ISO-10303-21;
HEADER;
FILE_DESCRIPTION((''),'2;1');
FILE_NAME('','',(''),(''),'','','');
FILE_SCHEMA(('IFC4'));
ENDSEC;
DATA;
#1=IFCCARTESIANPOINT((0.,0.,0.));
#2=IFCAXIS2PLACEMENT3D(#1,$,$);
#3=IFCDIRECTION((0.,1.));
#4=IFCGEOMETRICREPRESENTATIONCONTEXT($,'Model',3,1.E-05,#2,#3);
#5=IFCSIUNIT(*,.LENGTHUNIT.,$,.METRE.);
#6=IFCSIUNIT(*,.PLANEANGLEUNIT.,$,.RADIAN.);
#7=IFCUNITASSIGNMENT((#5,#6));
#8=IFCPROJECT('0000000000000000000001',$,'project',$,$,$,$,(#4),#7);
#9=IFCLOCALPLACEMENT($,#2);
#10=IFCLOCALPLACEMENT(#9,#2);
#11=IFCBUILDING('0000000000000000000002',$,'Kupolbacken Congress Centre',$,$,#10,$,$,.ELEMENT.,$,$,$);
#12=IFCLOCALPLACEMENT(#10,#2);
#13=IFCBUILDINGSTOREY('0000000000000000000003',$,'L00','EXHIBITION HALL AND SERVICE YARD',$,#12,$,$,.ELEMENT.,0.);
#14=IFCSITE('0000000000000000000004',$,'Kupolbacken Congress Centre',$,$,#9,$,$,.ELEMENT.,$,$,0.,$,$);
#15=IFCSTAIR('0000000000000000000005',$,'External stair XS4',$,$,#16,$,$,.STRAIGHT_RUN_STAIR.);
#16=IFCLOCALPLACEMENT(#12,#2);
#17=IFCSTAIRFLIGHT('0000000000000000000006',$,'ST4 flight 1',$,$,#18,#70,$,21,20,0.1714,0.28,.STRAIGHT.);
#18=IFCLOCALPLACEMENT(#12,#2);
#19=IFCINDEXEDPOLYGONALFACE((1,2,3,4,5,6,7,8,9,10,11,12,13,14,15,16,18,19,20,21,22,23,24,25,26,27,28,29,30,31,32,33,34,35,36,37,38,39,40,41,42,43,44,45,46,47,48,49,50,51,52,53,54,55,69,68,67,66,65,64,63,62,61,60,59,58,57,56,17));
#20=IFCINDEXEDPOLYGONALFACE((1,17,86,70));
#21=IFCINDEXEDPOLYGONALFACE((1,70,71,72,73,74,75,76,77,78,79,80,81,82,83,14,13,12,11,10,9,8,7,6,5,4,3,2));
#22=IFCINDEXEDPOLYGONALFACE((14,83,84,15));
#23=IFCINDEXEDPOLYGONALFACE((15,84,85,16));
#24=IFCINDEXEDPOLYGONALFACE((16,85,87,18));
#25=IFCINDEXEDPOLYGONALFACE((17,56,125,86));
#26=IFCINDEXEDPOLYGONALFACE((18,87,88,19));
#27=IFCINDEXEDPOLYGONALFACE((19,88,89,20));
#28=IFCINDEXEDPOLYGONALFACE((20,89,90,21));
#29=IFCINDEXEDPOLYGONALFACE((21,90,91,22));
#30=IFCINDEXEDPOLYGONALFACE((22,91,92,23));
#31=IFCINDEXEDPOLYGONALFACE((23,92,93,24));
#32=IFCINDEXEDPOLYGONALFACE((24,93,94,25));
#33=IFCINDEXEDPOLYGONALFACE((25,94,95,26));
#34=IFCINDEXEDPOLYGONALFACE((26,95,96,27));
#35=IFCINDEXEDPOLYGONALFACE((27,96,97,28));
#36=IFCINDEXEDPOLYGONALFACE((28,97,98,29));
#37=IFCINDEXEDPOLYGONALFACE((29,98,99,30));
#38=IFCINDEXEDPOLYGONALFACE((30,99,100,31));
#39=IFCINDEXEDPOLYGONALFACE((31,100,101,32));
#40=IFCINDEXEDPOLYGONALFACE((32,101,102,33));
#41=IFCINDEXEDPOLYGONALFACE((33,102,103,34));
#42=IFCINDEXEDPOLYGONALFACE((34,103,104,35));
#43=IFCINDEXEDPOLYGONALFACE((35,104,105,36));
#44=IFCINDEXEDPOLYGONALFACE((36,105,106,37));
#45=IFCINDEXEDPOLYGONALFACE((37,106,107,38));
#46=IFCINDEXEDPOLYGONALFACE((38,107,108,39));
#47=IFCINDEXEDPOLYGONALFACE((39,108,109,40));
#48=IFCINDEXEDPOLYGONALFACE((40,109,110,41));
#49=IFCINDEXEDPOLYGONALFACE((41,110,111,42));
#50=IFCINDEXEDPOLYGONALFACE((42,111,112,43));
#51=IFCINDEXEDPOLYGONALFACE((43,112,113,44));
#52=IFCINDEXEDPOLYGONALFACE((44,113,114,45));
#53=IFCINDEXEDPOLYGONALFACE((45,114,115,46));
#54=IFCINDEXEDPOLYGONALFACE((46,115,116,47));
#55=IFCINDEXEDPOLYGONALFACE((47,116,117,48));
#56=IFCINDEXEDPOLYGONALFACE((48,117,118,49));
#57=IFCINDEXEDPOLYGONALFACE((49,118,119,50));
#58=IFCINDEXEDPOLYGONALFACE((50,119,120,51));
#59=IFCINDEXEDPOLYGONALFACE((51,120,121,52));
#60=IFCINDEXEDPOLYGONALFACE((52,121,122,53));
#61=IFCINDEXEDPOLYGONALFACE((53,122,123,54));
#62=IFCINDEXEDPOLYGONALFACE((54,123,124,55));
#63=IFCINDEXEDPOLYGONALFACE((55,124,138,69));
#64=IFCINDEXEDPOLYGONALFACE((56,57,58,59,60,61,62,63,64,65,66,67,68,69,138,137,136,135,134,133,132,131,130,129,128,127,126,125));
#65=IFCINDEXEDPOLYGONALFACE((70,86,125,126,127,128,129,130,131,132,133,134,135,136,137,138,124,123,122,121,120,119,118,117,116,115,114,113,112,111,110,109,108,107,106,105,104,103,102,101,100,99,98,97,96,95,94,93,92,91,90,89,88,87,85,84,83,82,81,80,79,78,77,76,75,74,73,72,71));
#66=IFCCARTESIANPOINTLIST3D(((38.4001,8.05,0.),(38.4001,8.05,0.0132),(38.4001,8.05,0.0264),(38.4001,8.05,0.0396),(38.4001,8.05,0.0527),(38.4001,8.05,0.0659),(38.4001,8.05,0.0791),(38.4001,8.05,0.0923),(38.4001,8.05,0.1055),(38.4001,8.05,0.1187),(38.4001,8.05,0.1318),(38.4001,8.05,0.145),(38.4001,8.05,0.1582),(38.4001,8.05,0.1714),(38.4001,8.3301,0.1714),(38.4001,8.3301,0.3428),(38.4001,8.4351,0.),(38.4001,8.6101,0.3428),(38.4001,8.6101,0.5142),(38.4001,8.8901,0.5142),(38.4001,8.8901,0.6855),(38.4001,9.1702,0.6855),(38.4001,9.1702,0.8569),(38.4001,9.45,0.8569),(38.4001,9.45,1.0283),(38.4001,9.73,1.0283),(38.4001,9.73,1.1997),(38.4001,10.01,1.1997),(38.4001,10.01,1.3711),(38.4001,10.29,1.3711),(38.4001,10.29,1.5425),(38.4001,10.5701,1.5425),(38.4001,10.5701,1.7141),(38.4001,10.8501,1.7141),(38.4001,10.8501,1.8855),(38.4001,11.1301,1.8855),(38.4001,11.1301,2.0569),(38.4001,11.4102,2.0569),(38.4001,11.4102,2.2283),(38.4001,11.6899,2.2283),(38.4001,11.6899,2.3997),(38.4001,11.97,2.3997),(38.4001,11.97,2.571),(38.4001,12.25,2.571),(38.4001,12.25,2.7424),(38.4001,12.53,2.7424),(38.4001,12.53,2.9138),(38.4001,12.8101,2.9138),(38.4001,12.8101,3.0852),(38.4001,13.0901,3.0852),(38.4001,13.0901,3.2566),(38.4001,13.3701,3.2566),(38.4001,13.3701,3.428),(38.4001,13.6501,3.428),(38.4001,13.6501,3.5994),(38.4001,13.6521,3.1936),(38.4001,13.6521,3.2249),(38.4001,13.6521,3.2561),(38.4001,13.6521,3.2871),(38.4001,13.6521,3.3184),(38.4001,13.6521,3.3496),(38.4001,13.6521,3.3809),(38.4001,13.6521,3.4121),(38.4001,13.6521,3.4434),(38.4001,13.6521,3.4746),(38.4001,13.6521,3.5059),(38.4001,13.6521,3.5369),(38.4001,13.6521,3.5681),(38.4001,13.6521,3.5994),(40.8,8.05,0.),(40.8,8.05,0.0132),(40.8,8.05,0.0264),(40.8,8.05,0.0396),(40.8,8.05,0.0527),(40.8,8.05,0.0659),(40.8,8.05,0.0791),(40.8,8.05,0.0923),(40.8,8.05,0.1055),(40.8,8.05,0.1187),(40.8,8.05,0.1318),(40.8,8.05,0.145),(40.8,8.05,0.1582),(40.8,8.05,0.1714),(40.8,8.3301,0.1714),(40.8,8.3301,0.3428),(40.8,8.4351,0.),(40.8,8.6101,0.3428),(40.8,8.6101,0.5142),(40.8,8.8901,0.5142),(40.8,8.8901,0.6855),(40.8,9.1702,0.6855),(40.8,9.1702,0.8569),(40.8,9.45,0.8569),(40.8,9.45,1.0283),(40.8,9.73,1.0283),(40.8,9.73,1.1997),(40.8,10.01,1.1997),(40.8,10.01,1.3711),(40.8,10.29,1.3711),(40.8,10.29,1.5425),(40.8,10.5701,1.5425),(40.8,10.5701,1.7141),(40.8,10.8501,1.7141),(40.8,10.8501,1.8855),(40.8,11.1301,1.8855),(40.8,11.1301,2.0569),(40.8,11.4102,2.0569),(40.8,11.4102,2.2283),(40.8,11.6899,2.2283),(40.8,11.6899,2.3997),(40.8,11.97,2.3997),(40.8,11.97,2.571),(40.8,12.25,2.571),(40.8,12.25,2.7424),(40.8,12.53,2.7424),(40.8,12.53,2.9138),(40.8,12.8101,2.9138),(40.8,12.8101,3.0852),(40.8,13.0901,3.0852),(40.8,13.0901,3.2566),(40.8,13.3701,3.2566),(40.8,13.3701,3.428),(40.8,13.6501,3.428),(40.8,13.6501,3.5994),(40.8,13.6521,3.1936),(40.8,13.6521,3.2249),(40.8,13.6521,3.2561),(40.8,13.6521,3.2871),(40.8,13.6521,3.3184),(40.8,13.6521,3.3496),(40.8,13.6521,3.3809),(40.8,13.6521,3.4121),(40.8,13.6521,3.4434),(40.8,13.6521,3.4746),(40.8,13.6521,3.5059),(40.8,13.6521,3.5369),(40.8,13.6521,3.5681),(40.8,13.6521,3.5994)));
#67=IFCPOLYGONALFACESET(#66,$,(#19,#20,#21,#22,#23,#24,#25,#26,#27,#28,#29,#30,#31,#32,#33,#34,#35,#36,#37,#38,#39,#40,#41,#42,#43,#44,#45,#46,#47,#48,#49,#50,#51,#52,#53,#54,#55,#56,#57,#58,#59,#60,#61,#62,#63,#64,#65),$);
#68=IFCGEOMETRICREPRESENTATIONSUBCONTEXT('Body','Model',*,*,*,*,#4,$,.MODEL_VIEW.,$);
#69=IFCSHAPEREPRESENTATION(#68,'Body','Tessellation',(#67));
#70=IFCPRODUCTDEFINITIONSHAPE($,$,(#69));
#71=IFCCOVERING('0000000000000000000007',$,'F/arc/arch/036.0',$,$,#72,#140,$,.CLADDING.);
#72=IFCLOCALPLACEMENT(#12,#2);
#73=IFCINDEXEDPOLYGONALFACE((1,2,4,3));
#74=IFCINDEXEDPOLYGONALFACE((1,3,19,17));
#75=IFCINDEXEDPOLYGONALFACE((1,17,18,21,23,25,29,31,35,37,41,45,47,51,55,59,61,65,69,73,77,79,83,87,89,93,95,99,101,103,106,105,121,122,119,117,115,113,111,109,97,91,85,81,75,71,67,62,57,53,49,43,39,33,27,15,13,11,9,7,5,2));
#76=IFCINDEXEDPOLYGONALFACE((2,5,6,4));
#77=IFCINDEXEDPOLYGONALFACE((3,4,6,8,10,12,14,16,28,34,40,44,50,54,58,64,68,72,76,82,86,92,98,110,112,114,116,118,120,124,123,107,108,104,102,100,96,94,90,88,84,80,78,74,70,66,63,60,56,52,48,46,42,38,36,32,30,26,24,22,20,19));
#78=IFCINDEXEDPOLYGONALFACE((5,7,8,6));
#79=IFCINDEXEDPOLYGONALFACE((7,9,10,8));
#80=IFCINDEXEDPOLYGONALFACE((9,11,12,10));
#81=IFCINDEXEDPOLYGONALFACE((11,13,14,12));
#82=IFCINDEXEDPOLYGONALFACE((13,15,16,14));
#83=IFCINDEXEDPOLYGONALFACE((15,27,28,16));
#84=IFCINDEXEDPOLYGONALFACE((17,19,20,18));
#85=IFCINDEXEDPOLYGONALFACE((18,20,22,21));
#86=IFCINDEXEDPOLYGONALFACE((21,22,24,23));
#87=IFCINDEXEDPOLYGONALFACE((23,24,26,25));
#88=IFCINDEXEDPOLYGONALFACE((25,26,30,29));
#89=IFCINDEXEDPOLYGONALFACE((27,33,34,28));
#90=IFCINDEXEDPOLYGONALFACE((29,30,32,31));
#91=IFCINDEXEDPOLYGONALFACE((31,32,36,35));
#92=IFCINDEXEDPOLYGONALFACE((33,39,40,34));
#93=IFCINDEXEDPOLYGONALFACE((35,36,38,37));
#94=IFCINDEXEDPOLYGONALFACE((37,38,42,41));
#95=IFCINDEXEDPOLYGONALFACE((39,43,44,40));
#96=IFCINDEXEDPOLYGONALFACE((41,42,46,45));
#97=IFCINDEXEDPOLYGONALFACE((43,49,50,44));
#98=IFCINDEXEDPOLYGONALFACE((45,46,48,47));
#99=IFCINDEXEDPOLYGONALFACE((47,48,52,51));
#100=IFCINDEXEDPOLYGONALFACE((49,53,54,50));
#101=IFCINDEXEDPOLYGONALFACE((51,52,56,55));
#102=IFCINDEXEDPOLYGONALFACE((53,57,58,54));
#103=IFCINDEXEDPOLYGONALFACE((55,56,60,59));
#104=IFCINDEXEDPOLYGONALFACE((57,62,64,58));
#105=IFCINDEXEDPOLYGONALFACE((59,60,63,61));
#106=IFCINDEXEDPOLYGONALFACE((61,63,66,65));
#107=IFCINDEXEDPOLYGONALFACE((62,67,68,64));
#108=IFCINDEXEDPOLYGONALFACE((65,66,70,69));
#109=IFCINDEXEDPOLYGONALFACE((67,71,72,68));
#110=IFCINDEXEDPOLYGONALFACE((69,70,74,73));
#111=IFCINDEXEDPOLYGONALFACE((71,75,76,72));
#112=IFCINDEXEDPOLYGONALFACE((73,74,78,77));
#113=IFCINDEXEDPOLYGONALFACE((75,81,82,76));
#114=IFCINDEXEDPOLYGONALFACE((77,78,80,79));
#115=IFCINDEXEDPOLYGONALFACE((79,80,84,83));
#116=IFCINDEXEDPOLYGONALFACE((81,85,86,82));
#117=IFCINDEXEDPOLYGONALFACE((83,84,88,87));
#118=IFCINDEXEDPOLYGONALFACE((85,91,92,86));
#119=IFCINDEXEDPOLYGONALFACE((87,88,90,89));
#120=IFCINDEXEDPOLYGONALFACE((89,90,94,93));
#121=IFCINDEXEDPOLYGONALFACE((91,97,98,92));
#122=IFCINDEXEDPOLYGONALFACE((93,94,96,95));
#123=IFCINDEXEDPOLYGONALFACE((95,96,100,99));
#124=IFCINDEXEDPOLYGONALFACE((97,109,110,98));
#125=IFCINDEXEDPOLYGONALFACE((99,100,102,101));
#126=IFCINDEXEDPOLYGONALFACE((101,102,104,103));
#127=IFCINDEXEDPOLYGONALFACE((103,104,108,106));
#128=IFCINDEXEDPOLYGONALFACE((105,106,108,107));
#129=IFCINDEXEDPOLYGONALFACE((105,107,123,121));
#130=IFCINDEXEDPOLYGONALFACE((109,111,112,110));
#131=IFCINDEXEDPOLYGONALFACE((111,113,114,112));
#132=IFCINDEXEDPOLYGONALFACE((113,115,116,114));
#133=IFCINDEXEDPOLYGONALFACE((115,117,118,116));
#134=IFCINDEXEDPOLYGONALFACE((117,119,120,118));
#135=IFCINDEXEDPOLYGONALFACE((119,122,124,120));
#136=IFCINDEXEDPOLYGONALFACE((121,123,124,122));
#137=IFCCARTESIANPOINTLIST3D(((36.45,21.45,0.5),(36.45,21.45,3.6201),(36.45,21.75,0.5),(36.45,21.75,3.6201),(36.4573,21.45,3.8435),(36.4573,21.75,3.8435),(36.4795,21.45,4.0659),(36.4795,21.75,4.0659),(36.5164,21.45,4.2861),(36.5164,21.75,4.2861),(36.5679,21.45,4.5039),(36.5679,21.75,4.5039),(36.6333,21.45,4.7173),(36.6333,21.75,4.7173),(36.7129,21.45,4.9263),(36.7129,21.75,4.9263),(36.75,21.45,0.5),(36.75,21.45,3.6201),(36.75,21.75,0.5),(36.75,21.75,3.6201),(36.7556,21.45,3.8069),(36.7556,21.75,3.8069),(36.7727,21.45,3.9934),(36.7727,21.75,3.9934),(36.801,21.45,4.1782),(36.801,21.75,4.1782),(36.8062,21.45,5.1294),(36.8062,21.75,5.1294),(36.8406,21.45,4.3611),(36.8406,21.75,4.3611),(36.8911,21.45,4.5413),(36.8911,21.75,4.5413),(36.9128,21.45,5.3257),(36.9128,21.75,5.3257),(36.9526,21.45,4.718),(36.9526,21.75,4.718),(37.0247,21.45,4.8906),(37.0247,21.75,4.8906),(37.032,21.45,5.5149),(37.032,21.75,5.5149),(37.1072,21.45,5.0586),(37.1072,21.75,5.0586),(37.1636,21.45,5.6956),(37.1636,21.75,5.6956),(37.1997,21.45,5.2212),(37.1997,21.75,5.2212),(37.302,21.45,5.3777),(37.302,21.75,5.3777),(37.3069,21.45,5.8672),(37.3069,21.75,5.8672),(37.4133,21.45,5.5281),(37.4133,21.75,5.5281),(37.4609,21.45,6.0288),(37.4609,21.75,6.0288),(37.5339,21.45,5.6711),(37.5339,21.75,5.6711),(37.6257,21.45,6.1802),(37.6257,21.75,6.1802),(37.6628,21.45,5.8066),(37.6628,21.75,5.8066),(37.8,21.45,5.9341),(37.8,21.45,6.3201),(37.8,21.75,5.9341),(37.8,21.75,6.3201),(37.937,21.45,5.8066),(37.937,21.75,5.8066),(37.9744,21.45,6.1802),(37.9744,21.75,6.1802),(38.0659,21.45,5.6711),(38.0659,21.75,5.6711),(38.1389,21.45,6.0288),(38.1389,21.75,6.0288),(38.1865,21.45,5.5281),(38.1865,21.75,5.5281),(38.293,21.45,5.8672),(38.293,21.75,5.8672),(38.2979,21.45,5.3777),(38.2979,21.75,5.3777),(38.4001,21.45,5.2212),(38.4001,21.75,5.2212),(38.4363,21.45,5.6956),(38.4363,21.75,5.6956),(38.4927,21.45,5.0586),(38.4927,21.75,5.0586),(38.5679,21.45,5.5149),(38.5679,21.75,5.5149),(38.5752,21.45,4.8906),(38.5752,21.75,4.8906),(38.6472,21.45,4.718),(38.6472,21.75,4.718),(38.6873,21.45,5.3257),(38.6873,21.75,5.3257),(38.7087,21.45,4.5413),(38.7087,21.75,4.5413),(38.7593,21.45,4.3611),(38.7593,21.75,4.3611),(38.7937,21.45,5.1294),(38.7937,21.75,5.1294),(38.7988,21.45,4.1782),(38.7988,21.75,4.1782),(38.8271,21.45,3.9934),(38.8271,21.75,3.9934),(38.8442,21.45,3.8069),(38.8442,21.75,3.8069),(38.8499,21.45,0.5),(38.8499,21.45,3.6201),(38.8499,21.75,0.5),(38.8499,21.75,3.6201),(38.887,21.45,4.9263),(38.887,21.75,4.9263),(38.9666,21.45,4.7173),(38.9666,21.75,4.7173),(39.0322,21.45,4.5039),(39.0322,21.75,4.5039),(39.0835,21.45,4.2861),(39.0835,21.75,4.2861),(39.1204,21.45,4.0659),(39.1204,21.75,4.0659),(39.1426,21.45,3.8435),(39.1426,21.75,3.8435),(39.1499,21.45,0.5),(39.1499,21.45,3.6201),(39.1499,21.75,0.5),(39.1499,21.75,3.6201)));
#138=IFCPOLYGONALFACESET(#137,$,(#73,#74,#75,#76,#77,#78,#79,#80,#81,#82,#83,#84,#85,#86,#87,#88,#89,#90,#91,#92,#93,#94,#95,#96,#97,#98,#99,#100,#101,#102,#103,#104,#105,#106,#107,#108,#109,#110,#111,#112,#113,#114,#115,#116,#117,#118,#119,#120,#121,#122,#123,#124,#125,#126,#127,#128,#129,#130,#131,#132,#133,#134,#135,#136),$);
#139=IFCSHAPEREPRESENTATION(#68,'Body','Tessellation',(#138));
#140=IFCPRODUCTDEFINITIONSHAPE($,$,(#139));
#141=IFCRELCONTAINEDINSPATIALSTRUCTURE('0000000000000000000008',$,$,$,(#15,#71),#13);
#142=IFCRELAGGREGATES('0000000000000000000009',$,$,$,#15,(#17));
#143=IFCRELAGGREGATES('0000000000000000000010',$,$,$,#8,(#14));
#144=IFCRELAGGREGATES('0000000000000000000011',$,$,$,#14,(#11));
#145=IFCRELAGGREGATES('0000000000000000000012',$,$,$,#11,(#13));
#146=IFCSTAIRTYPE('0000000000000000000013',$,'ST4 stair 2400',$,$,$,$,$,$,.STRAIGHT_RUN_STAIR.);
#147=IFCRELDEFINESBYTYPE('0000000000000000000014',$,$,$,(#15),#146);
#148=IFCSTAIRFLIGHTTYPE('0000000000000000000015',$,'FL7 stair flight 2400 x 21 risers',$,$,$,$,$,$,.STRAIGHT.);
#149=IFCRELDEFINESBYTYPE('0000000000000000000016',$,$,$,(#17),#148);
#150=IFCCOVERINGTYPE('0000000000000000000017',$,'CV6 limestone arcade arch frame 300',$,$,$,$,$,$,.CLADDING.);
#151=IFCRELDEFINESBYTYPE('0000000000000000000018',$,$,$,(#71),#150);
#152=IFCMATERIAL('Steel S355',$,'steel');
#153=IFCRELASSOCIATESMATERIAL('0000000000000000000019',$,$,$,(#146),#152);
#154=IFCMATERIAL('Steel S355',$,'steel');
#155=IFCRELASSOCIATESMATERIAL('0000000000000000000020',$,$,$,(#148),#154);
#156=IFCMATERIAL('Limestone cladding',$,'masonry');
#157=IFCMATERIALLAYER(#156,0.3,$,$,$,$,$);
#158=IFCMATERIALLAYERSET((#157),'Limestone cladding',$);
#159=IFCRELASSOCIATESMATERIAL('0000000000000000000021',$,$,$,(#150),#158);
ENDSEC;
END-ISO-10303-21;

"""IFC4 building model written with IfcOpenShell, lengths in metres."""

from ifc_helpers import new_model, si_unit, direction, frame, origin, place, context, subcontext, project, spatial, polyline, outline, extrude, material, layer, layer_set, type_object, element, aggregate, save


model = new_model("IFC4")

# Units and contexts
model_context = context("Model", 3, precision=1e-05, world=origin(), true_north=direction((0.0, 1.0)))
body_context = subcontext(model_context, "Body", "Model", "MODEL_VIEW")
ifc_project = project(units=[si_unit("LENGTHUNIT", "METRE"), si_unit("PLANEANGLEUNIT", "RADIAN")], contexts=[model_context])

# Site, building, storey
site_placement = place(None, origin())
site = spatial("IfcSite", under=ifc_project, at=site_placement, Name="Kupolbacken Congress Centre", CompositionType="ELEMENT", RefElevation=0.0)
building_placement = place(site_placement, origin())
building = spatial("IfcBuilding", under=site, at=building_placement, Name="Kupolbacken Congress Centre", CompositionType="ELEMENT")
storey_placement = place(building_placement, origin())
storey = spatial("IfcBuildingStorey", under=building, at=storey_placement, Name="L00", Description="EXHIBITION HALL AND SERVICE YARD", CompositionType="ELEMENT", Elevation=0.0)

# Stair, stair flight
ifc_material_1 = material(Name="Steel S355", Category="steel")
stair_type = type_object("IfcStairType", Name="ST4 stair 2400", PredefinedType="STRAIGHT_RUN_STAIR", material=ifc_material_1)
stair_placement = place(storey_placement, origin())
stair = element("IfcStair", 1, at=stair_placement, inside=storey, type_object=stair_type, Name="External stair XS4", PredefinedType="STRAIGHT_RUN_STAIR")
ifc_material_2 = material(Name="Steel S355", Category="steel")
stair_flight_type = type_object("IfcStairFlightType", Name="FL7 stair flight 2400 x 21 risers", PredefinedType="STRAIGHT", material=ifc_material_2)
stair_flight_placement = place(storey_placement, frame((39.6001, 8.05, 0.0), z_axis=(0.0, 0.0, 1.0), x_axis=(0.0, 1.0, 0.0)))
stair_flight = element("IfcStairFlight", 2, at=stair_flight_placement, type_object=stair_flight_type, Name="ST4 flight 1", NumberOfRisers=21, NumberOfTreads=20, PredefinedType="STRAIGHT", RiserHeight=0.1714, TreadLength=0.28, context=body_context, shape_type="SweptSolid", body=[
    extrude(outline(polyline([(0.0, 0.0), (0.0, 0.0132), (0.0, 0.0264), (0.0, 0.0396), (0.0, 0.0527), (0.0, 0.0659), (0.0, 0.0791), (0.0, 0.0923), (0.0, 0.1055), (0.0, 0.1187), (0.0, 0.1318), (0.0, 0.145), (0.0, 0.1582), (0.0, 0.1714), (0.28, 0.1714), (0.28, 0.3428), (0.5601, 0.3428), (0.5601, 0.5142), (0.8401, 0.5142), (0.8401, 0.6855), (1.1201, 0.6855), (1.1201, 0.8569), (1.3999, 0.8569), (1.3999, 1.0283), (1.6799, 1.0283), (1.6799, 1.1997), (1.96, 1.1997), (1.96, 1.3711), (2.24, 1.3711), (2.24, 1.5425), (2.52, 1.5425), (2.52, 1.7141), (2.8, 1.7141), (2.8, 1.8855), (3.0801, 1.8855), (3.0801, 2.0569), (3.3601, 2.0569), (3.3601, 2.2283), (3.6399, 2.2283), (3.6399, 2.3997), (3.9199, 2.3997), (3.9199, 2.571), (4.2, 2.571), (4.2, 2.7424), (4.48, 2.7424), (4.48, 2.9138), (4.76, 2.9138), (4.76, 3.0852), (5.04, 3.0852), (5.04, 3.2566), (5.3201, 3.2566), (5.3201, 3.428), (5.6001, 3.428), (5.6001, 3.5994), (5.6021, 3.5994), (5.6021, 3.5681), (5.6021, 3.5369), (5.6021, 3.5059), (5.6021, 3.4746), (5.6021, 3.4434), (5.6021, 3.4121), (5.6021, 3.3809), (5.6021, 3.3496), (5.6021, 3.3184), (5.6021, 3.2871), (5.6021, 3.2561), (5.6021, 3.2249), (5.6021, 3.1936), (0.385, 0.0), (0.0, 0.0)])), frame((0.0, 1.2, 0.0), z_axis=(0.0, -1.0, 0.0), x_axis=(1.0, 0.0, 0.0)), (0.0, 0.0, 1.0), 2.3999),
])
aggregate(stair, [stair_flight])

# Covering
ifc_material_3 = material(Name="Limestone cladding", Category="masonry")
ifc_layer_1 = layer(ifc_material_3, 0.3)
ifc_layer_set_1 = layer_set([ifc_layer_1], Name="Limestone cladding")
covering_type = type_object("IfcCoveringType", Name="CV6 limestone arcade arch frame 300", PredefinedType="CLADDING", material=ifc_layer_set_1)
covering_1_placement = place(storey_placement, frame((36.45, 21.45, 0.5), z_axis=(0.0, 1.0, 0.0), x_axis=(-1.0, 0.0, 0.0)))
element("IfcCovering", 3, at=covering_1_placement, inside=storey, type_object=covering_type, Name="F/arc/arch/036.0", PredefinedType="CLADDING", context=body_context, shape_type="SweptSolid", body=[
    extrude(outline(polyline([(0.0, 0.0), (0.0, 3.1201), (-0.0073, 3.3435), (-0.0295, 3.5659), (-0.0664, 3.7861), (-0.1179, 4.0039), (-0.1833, 4.2173), (-0.2629, 4.4263), (-0.3562, 4.6294), (-0.4629, 4.8257), (-0.582, 5.0149), (-0.7136, 5.1956), (-0.8569, 5.3672), (-1.011, 5.5288), (-1.1758, 5.6802), (-1.3501, 5.8201), (-1.5244, 5.6802), (-1.689, 5.5288), (-1.843, 5.3672), (-1.9863, 5.1956), (-2.1179, 5.0149), (-2.2373, 4.8257), (-2.3438, 4.6294), (-2.437, 4.4263), (-2.5166, 4.2173), (-2.5823, 4.0039), (-2.6335, 3.7861), (-2.6704, 3.5659), (-2.6926, 3.3435), (-2.7, 3.1201), (-2.7, 0.0), (-2.3999, 0.0), (-2.3999, 3.1201), (-2.3943, 3.3069), (-2.3772, 3.4934), (-2.3489, 3.6782), (-2.3093, 3.8611), (-2.2588, 4.0413), (-2.1973, 4.218), (-2.1252, 4.3906), (-2.0427, 4.5586), (-1.9502, 4.7212), (-1.8479, 4.8777), (-1.7366, 5.0281), (-1.616, 5.1711), (-1.4871, 5.3066), (-1.3501, 5.4341), (-1.2129, 5.3066), (-1.084, 5.1711), (-0.9634, 5.0281), (-0.8521, 4.8777), (-0.7498, 4.7212), (-0.6572, 4.5586), (-0.5747, 4.3906), (-0.5027, 4.218), (-0.4412, 4.0413), (-0.3906, 3.8611), (-0.3511, 3.6782), (-0.3228, 3.4934), (-0.3057, 3.3069), (-0.3, 3.1201), (-0.3, 0.0), (0.0, 0.0)])), origin(), (0.0, 0.0, 1.0), 0.3),
])

save(model, "model.ifc")
